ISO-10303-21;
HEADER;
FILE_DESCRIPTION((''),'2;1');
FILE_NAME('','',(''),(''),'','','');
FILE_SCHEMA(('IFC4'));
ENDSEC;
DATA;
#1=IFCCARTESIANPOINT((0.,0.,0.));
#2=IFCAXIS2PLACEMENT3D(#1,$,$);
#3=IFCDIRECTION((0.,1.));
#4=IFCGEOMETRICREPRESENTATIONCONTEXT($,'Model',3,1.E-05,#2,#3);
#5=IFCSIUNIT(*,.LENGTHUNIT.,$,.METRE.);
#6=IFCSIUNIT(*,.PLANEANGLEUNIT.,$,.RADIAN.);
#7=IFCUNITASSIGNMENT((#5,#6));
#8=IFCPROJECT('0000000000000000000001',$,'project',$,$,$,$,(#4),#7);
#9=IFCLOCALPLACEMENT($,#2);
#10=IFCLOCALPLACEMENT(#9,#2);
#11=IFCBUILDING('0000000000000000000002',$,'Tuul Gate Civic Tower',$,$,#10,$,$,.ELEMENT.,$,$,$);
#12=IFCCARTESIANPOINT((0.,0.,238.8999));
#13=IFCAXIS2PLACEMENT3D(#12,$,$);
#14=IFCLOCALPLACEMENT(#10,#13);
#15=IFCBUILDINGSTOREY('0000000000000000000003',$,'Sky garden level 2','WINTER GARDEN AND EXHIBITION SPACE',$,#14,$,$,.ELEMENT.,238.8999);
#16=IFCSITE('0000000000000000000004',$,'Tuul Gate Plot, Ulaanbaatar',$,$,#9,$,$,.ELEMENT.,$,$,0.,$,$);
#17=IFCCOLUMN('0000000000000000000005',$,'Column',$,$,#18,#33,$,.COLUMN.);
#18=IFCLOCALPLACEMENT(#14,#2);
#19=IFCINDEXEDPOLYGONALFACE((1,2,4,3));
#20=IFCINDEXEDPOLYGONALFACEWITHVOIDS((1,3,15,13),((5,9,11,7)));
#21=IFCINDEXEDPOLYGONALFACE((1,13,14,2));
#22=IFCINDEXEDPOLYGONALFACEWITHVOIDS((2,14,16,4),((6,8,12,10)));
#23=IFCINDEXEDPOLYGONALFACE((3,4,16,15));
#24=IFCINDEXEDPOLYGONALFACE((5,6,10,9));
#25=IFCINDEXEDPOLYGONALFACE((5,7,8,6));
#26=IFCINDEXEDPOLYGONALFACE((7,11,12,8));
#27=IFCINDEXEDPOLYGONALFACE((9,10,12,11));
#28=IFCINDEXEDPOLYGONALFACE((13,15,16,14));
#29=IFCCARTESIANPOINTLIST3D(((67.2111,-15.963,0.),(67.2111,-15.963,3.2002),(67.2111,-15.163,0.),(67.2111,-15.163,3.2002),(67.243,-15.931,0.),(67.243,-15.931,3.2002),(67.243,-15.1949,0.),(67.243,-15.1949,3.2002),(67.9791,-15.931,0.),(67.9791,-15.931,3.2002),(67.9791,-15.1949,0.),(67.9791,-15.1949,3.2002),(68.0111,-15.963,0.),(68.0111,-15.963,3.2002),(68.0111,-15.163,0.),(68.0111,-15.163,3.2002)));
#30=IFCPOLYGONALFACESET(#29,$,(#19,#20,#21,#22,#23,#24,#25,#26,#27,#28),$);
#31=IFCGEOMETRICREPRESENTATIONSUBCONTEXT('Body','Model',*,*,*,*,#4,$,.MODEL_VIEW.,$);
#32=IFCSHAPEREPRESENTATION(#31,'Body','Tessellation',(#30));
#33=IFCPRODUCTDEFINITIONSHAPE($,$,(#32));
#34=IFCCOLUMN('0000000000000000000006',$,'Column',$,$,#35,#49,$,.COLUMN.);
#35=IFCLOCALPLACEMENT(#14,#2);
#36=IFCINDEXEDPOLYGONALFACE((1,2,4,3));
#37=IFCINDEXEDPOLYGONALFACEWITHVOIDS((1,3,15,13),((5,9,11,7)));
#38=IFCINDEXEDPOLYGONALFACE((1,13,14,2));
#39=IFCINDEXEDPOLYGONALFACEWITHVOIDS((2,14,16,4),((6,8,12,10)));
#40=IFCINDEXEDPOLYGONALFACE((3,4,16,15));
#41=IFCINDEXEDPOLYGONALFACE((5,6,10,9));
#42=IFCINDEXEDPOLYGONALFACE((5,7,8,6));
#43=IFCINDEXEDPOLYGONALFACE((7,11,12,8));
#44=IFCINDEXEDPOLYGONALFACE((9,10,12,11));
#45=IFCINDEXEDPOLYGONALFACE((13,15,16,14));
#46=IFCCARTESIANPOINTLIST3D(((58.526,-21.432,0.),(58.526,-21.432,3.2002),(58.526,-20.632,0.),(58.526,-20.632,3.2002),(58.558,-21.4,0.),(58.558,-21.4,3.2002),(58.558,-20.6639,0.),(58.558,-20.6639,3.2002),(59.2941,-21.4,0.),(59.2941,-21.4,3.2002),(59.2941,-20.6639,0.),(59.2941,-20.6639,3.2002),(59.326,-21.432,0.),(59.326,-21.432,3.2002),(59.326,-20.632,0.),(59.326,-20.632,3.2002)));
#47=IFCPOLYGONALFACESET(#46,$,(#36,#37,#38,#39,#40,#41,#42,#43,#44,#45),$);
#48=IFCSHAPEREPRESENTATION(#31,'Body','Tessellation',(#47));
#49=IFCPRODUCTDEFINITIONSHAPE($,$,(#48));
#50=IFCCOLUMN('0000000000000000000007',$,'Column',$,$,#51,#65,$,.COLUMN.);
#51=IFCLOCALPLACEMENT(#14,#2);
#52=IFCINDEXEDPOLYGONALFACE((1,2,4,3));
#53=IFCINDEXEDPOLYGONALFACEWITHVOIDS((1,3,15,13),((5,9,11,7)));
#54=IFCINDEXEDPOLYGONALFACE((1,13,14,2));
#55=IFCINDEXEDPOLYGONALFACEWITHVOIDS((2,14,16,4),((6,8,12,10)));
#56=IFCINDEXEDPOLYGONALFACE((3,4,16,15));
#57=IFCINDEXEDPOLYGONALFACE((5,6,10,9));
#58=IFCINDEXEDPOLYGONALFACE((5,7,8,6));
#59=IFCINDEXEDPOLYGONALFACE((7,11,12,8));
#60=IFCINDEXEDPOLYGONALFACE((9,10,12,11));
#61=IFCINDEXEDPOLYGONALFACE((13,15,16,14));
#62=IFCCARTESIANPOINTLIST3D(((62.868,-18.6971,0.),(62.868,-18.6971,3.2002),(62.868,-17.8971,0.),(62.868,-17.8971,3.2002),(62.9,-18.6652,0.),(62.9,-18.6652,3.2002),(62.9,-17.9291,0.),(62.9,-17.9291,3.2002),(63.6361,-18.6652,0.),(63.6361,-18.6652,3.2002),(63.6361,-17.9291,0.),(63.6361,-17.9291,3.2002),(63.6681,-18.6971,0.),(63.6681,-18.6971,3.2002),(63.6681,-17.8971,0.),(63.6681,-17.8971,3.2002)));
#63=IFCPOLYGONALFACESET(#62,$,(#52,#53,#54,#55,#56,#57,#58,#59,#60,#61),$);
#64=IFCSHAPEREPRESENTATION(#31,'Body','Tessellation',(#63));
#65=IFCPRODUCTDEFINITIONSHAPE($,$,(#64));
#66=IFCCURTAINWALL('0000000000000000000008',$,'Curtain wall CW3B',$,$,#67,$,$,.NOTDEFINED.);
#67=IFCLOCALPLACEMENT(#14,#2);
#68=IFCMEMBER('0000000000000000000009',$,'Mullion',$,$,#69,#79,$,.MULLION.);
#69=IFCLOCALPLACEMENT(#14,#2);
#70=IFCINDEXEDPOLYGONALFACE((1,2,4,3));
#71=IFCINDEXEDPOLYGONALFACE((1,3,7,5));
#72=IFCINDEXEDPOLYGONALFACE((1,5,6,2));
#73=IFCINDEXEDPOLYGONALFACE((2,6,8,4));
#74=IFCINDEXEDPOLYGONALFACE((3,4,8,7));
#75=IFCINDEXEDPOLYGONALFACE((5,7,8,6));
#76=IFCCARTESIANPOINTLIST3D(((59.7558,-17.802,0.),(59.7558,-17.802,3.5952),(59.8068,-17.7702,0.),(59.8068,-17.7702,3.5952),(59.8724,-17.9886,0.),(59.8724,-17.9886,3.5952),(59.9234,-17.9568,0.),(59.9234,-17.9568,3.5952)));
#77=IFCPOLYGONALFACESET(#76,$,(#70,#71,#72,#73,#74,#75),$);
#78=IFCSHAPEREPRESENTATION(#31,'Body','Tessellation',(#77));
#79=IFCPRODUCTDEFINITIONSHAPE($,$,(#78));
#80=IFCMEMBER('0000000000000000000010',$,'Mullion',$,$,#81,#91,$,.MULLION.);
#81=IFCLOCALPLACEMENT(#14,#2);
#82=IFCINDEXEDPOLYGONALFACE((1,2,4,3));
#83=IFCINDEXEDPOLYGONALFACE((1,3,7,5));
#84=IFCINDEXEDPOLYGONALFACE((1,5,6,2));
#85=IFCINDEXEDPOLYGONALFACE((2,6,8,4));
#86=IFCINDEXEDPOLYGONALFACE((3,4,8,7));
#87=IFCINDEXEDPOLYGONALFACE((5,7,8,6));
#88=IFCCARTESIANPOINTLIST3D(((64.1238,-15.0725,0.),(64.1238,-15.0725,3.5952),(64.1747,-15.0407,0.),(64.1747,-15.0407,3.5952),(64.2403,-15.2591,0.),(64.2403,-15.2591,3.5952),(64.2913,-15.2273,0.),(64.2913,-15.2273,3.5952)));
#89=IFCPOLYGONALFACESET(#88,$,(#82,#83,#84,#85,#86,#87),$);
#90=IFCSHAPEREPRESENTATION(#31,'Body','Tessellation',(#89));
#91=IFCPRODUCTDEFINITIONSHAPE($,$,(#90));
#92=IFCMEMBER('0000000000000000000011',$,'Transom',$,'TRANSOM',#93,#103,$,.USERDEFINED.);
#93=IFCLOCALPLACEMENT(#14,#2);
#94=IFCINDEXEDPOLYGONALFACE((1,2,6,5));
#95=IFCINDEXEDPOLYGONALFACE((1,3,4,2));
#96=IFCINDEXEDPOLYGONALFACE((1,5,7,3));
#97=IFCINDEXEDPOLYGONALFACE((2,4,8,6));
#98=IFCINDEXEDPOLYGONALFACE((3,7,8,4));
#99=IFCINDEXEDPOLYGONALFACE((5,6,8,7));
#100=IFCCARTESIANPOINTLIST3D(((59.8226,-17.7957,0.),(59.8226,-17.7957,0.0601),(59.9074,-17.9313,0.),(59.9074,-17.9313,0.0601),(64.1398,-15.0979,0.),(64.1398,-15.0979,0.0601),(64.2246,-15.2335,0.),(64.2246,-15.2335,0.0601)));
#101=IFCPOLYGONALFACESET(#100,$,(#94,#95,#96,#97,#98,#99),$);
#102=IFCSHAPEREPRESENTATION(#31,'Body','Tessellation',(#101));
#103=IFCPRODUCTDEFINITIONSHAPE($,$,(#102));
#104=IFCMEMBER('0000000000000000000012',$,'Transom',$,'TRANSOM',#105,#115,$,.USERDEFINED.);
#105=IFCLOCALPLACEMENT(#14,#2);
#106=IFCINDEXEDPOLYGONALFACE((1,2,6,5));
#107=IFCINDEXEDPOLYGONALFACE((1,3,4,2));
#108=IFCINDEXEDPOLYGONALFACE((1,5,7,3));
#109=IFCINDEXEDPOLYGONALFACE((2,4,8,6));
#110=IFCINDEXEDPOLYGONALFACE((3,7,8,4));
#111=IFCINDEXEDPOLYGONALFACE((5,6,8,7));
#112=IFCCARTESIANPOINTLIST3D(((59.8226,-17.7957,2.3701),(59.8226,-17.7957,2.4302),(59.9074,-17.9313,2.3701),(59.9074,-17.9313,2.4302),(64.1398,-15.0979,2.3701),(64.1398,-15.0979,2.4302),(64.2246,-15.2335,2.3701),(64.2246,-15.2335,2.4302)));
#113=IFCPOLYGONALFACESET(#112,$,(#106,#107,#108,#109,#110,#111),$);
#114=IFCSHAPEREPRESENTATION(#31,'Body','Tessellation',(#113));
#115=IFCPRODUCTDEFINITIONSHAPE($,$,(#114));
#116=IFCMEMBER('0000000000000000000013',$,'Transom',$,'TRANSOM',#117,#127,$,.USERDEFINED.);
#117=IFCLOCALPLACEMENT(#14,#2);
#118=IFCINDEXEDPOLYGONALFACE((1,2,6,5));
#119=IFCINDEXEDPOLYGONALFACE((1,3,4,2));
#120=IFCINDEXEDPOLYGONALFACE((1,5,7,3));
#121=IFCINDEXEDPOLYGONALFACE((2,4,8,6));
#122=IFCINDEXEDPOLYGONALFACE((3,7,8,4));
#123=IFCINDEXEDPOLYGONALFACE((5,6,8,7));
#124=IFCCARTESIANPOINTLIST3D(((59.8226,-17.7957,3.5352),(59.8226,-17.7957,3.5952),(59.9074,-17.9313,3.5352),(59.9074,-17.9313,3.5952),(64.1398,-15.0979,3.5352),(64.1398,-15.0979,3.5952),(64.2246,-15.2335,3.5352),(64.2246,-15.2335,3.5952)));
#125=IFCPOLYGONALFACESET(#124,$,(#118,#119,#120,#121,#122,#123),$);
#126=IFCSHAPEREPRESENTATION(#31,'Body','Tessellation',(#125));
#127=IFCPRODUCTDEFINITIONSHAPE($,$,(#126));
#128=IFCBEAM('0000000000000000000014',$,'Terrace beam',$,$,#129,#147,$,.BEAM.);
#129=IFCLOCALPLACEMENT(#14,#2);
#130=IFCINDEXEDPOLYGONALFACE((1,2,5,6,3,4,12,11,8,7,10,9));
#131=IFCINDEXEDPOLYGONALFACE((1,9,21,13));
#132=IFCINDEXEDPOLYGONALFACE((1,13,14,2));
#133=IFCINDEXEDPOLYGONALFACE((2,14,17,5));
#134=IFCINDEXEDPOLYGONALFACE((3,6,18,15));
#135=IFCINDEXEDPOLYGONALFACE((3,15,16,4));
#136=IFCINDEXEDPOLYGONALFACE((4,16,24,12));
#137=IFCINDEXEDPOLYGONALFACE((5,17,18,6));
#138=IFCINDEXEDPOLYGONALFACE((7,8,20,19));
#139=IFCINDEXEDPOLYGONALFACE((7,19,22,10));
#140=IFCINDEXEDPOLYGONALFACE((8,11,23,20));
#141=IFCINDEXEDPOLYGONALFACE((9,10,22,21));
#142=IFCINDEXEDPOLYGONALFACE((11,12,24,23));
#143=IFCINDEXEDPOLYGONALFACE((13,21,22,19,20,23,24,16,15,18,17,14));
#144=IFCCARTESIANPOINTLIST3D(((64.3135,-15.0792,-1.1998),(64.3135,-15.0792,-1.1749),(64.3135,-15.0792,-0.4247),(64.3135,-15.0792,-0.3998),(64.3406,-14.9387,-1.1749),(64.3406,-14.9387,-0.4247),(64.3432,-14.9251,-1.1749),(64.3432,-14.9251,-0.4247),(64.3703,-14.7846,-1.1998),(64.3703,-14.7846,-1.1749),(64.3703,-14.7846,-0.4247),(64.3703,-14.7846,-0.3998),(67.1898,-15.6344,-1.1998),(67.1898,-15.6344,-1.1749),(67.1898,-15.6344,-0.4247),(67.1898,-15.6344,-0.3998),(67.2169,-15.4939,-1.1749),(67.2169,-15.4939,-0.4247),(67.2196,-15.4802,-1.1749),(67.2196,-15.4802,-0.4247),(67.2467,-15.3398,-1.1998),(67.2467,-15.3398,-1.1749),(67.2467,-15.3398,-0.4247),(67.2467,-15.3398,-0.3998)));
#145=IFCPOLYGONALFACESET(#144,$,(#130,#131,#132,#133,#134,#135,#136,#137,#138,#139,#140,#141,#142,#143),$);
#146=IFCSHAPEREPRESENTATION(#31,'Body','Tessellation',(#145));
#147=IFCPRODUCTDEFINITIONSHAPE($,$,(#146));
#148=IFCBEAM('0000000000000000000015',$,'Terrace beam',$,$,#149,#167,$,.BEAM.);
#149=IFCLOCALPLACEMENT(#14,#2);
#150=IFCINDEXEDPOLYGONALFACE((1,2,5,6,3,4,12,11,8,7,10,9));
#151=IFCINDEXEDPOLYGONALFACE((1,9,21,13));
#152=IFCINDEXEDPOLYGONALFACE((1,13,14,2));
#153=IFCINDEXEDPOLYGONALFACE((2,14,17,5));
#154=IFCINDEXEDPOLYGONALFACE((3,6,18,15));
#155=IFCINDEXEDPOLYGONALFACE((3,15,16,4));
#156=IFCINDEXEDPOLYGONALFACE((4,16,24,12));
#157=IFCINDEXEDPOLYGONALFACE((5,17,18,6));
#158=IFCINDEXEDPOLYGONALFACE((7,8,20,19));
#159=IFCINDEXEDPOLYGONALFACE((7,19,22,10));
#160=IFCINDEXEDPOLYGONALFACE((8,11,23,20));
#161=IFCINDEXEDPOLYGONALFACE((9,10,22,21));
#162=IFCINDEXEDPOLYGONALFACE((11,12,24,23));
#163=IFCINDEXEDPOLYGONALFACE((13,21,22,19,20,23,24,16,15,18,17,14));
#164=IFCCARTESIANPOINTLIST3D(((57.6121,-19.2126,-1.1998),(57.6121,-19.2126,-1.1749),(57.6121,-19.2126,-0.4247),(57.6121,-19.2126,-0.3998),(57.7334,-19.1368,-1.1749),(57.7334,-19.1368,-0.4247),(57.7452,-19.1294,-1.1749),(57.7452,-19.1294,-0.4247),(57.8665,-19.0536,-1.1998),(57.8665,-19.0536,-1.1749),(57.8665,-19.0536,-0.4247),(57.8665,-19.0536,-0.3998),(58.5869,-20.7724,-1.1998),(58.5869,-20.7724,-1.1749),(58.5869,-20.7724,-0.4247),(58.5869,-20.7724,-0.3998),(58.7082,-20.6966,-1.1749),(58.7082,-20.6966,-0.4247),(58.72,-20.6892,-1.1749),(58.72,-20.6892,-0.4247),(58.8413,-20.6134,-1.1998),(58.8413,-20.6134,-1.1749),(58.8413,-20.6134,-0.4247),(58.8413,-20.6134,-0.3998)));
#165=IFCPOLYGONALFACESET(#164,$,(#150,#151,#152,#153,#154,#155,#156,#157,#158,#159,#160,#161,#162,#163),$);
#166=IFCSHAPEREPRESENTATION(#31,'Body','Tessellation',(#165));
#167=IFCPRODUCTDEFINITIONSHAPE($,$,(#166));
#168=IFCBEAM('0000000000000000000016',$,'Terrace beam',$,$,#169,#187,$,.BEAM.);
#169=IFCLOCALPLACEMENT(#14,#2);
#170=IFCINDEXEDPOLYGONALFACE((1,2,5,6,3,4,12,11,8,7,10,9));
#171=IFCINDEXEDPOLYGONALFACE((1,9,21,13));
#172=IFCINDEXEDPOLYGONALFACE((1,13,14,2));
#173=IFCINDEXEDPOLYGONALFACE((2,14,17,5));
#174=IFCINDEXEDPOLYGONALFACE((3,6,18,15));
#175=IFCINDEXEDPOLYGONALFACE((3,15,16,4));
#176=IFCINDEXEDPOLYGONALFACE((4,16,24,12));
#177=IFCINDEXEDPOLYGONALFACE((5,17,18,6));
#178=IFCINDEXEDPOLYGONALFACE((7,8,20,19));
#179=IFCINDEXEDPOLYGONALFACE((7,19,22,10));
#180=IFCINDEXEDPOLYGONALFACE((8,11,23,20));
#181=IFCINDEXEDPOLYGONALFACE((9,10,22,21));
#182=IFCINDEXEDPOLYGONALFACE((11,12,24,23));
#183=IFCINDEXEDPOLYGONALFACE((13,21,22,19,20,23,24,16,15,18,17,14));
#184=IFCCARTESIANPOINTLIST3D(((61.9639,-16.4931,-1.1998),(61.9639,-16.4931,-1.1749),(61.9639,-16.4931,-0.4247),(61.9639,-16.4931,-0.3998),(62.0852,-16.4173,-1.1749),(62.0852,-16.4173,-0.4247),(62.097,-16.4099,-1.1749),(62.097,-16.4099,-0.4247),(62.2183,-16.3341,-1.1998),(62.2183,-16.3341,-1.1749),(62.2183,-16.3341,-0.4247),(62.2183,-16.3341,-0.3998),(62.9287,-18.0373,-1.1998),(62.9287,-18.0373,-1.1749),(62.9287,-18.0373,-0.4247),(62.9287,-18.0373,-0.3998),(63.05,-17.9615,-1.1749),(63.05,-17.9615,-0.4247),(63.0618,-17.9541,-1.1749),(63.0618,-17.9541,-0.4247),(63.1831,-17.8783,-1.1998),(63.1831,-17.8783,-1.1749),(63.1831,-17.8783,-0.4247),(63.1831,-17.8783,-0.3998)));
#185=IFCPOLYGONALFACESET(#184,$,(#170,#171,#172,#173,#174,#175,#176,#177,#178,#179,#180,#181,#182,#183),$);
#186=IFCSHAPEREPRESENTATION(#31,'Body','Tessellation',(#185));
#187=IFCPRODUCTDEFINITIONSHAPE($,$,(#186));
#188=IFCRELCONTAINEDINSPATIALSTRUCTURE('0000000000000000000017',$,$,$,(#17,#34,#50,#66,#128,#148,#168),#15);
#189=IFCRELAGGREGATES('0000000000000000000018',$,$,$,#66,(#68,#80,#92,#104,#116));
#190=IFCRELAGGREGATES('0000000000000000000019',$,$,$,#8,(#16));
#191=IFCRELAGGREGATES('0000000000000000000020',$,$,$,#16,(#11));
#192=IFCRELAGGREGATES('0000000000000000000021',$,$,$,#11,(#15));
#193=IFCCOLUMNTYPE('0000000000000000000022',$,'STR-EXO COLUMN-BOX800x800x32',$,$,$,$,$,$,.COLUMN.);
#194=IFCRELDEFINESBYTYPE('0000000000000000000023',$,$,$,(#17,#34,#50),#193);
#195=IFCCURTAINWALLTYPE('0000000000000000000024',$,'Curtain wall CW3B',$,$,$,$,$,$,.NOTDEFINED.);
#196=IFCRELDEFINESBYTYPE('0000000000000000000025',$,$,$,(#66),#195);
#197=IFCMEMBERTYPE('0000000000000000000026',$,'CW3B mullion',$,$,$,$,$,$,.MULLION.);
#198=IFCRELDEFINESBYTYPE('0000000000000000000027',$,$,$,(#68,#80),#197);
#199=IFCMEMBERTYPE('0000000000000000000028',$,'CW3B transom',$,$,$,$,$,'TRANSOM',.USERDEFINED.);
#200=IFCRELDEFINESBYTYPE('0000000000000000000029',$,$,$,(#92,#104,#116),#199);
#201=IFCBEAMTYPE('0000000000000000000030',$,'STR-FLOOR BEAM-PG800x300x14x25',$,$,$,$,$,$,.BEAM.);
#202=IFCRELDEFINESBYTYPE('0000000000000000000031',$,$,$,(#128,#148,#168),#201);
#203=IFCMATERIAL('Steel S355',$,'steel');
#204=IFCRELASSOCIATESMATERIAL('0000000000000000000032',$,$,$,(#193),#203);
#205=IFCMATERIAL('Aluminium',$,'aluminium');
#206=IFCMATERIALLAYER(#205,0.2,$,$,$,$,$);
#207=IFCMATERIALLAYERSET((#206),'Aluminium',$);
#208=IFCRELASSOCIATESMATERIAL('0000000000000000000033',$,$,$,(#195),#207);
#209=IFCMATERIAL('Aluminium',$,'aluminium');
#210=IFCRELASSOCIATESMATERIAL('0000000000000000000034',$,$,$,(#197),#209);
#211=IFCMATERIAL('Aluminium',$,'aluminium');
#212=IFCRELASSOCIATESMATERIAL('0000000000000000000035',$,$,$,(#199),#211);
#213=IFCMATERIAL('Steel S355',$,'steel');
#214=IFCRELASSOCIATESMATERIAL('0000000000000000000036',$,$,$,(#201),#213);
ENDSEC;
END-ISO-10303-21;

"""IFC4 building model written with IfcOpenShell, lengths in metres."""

from ifc_helpers import new_model, si_unit, direction, frame, origin, origin_2d, place, context, subcontext, project, spatial, rectangle, hollow_rectangle, i_section, extrude, material, layer, layer_set, material_profile, profile_set, type_object, element, aggregate, save


model = new_model("IFC4")

# Units and contexts
model_context = context("Model", 3, precision=1e-05, world=origin(), true_north=direction((0.0, 1.0)))
body_context = subcontext(model_context, "Body", "Model", "MODEL_VIEW")
ifc_project = project(units=[si_unit("LENGTHUNIT", "METRE"), si_unit("PLANEANGLEUNIT", "RADIAN")], contexts=[model_context])

# Site, building, storey
site_placement = place(None, origin())
site = spatial("IfcSite", under=ifc_project, at=site_placement, Name="Tuul Gate Plot, Ulaanbaatar", CompositionType="ELEMENT", RefElevation=0.0)
building_placement = place(site_placement, origin())
building = spatial("IfcBuilding", under=site, at=building_placement, Name="Tuul Gate Civic Tower", CompositionType="ELEMENT")
storey_placement = place(building_placement, frame((0.0, 0.0, 238.8999)))
storey = spatial("IfcBuildingStorey", under=building, at=storey_placement, Name="Sky garden level 2", Description="WINTER GARDEN AND EXHIBITION SPACE", CompositionType="ELEMENT", Elevation=238.8999)

# Columns
ifc_material_1 = material(Name="Steel S355", Category="steel")
ifc_material_profile_1 = material_profile(ifc_material_1, hollow_rectangle(XDim=0.8, YDim=0.8, WallThickness=0.032, at=origin_2d()), Name="BOX800x800x32")
ifc_profile_set_1 = profile_set([ifc_material_profile_1], Name="Steel S355")
column_type = type_object("IfcColumnType", Name="STR-EXO COLUMN-BOX800x800x32", PredefinedType="COLUMN", material=ifc_profile_set_1)
for number, where, z_axis, x_axis, name in (
    (1, (67.6111, -15.563, 0.0), (0.0, 0.0, 1.0), (1.0, 0.0, 0.0), "Column"),
    (2, (58.926, -21.032, 0.0), (0.0, 0.0, 1.0), (1.0, 0.0, 0.0), "Column"),
    (3, (63.2681, -18.2971, 0.0), (0.0, 0.0, 1.0), (1.0, 0.0, 0.0), "Column"),
):
    element("IfcColumn", number, at=place(storey_placement, frame(where, z_axis=z_axis, x_axis=x_axis)), inside=storey, type_object=column_type, Name=name, PredefinedType="COLUMN", context=body_context, shape_type="SweptSolid", body=[
        extrude(hollow_rectangle(XDim=0.8, YDim=0.8, WallThickness=0.032, at=origin_2d()), origin(), (0.0, 0.0, 1.0), 3.2002),
    ])

# Curtain wall, members
ifc_material_2 = material(Name="Aluminium", Category="aluminium")
ifc_layer_1 = layer(ifc_material_2, 0.2)
ifc_layer_set_1 = layer_set([ifc_layer_1], Name="Aluminium")
curtain_wall_type = type_object("IfcCurtainWallType", Name="Curtain wall CW3B", PredefinedType="NOTDEFINED", material=ifc_layer_set_1)
curtain_wall_placement = place(storey_placement, origin())
curtain_wall = element("IfcCurtainWall", 4, at=curtain_wall_placement, inside=storey, type_object=curtain_wall_type, Name="Curtain wall CW3B", PredefinedType="NOTDEFINED")
ifc_material_3 = material(Name="Aluminium", Category="aluminium")
ifc_material_profile_2 = material_profile(ifc_material_3, rectangle(XDim=0.22, YDim=0.0601, at=origin_2d()), Name="CW3B mullion")
ifc_profile_set_2 = profile_set([ifc_material_profile_2], Name="Aluminium")
member_type_1 = type_object("IfcMemberType", Name="CW3B mullion", PredefinedType="MULLION", material=ifc_profile_set_2)
member_1_placement = place(storey_placement, frame((59.8396, -17.8794, 0.0), z_axis=(0.0, 0.0, 1.0), x_axis=(-0.52993, 0.848042, 0.0)))
member_1 = element("IfcMember", 5, at=member_1_placement, type_object=member_type_1, Name="Mullion", PredefinedType="MULLION", context=body_context, shape_type="SweptSolid", body=[
    extrude(rectangle(XDim=0.22, YDim=0.0601, at=origin_2d()), origin(), (0.0, 0.0, 1.0), 3.5952),
])
member_2_placement = place(storey_placement, frame((64.2075, -15.1499, 0.0), z_axis=(0.0, 0.0, 1.0), x_axis=(-0.52993, 0.848042, 0.0)))
member_2 = element("IfcMember", 6, at=member_2_placement, type_object=member_type_1, Name="Mullion", PredefinedType="MULLION", context=body_context, shape_type="SweptSolid", body=[
    extrude(rectangle(XDim=0.22, YDim=0.0601, at=origin_2d()), origin(), (0.0, 0.0, 1.0), 3.5952),
])
ifc_material_4 = material(Name="Aluminium", Category="aluminium")
ifc_material_profile_3 = material_profile(ifc_material_4, rectangle(XDim=0.1599, YDim=0.0601, at=origin_2d()), Name="CW3B transom")
ifc_profile_set_3 = profile_set([ifc_material_profile_3], Name="Aluminium")
member_type_2 = type_object("IfcMemberType", Name="CW3B transom", ElementType="TRANSOM", PredefinedType="USERDEFINED", material=ifc_profile_set_3)
member_3_placement = place(storey_placement, frame((59.865, -17.8635, 0.03), z_axis=(0.848039, 0.529934, 0.0), x_axis=(-0.529934, 0.848039, 0.0)))
member_3 = element("IfcMember", 7, at=member_3_placement, type_object=member_type_2, Name="Transom", ObjectType="TRANSOM", PredefinedType="USERDEFINED", context=body_context, shape_type="SweptSolid", body=[
    extrude(rectangle(XDim=0.1599, YDim=0.0601, at=origin_2d()), origin(), (0.0, 0.0, 1.0), 5.0908),
])
member_4_placement = place(storey_placement, frame((59.865, -17.8635, 2.4001), z_axis=(0.848039, 0.529934, 0.0), x_axis=(-0.529934, 0.848039, 0.0)))
member_4 = element("IfcMember", 8, at=member_4_placement, type_object=member_type_2, Name="Transom", ObjectType="TRANSOM", PredefinedType="USERDEFINED", context=body_context, shape_type="SweptSolid", body=[
    extrude(rectangle(XDim=0.1599, YDim=0.0601, at=origin_2d()), origin(), (0.0, 0.0, 1.0), 5.0908),
])
member_5_placement = place(storey_placement, frame((59.865, -17.8635, 3.5652), z_axis=(0.848039, 0.529934, 0.0), x_axis=(-0.529934, 0.848039, 0.0)))
member_5 = element("IfcMember", 9, at=member_5_placement, type_object=member_type_2, Name="Transom", ObjectType="TRANSOM", PredefinedType="USERDEFINED", context=body_context, shape_type="SweptSolid", body=[
    extrude(rectangle(XDim=0.1599, YDim=0.0601, at=origin_2d()), origin(), (0.0, 0.0, 1.0), 5.0908),
])

# Beams
ifc_material_5 = material(Name="Steel S355", Category="steel")
ifc_material_profile_4 = material_profile(ifc_material_5, i_section(OverallWidth=0.3, OverallDepth=0.8, WebThickness=0.0139, FlangeThickness=0.0249, at=origin_2d()), Name="PG800x300x14x25")
ifc_profile_set_4 = profile_set([ifc_material_profile_4], Name="Steel S355")
beam_type_1 = type_object("IfcBeamType", Name="STR-FLOOR BEAM-PG800x300x14x25", PredefinedType="BEAM", material=ifc_profile_set_4)
beam_1_placement = place(storey_placement, frame((67.2183, -15.4871, -0.7998), z_axis=(-0.981879, 0.189509, 0.0), x_axis=(-0.189509, -0.981879, 0.0)))
element("IfcBeam", 10, at=beam_1_placement, inside=storey, type_object=beam_type_1, Name="Terrace beam", PredefinedType="BEAM", context=body_context, shape_type="SweptSolid", body=[
    extrude(i_section(OverallWidth=0.3, OverallDepth=0.8, WebThickness=0.0139, FlangeThickness=0.0249, at=origin_2d()), origin(), (0.0, 0.0, 1.0), 2.9294),
])
beam_2_placement = place(storey_placement, frame((58.7141, -20.6929, -0.7998), z_axis=(-0.529987, 0.848006, 0.0), x_axis=(-0.848006, -0.529987, 0.0)))
element("IfcBeam", 11, at=beam_2_placement, inside=storey, type_object=beam_type_1, Name="Terrace beam", PredefinedType="BEAM", context=body_context, shape_type="SweptSolid", body=[
    extrude(i_section(OverallWidth=0.3, OverallDepth=0.8, WebThickness=0.0139, FlangeThickness=0.0249, at=origin_2d()), origin(), (0.0, 0.0, 1.0), 1.8394),
])
beam_3_placement = place(storey_placement, frame((63.0559, -17.9578, -0.7998), z_axis=(-0.52989, 0.848066, 0.0), x_axis=(-0.848066, -0.52989, 0.0)))
element("IfcBeam", 12, at=beam_3_placement, inside=storey, type_object=beam_type_1, Name="Terrace beam", PredefinedType="BEAM", context=body_context, shape_type="SweptSolid", body=[
    extrude(i_section(OverallWidth=0.3, OverallDepth=0.8, WebThickness=0.0139, FlangeThickness=0.0249, at=origin_2d()), origin(), (0.0, 0.0, 1.0), 1.8208),
])

aggregate(curtain_wall, [member_1, member_2, member_3, member_4, member_5])

save(model, "model.ifc")
